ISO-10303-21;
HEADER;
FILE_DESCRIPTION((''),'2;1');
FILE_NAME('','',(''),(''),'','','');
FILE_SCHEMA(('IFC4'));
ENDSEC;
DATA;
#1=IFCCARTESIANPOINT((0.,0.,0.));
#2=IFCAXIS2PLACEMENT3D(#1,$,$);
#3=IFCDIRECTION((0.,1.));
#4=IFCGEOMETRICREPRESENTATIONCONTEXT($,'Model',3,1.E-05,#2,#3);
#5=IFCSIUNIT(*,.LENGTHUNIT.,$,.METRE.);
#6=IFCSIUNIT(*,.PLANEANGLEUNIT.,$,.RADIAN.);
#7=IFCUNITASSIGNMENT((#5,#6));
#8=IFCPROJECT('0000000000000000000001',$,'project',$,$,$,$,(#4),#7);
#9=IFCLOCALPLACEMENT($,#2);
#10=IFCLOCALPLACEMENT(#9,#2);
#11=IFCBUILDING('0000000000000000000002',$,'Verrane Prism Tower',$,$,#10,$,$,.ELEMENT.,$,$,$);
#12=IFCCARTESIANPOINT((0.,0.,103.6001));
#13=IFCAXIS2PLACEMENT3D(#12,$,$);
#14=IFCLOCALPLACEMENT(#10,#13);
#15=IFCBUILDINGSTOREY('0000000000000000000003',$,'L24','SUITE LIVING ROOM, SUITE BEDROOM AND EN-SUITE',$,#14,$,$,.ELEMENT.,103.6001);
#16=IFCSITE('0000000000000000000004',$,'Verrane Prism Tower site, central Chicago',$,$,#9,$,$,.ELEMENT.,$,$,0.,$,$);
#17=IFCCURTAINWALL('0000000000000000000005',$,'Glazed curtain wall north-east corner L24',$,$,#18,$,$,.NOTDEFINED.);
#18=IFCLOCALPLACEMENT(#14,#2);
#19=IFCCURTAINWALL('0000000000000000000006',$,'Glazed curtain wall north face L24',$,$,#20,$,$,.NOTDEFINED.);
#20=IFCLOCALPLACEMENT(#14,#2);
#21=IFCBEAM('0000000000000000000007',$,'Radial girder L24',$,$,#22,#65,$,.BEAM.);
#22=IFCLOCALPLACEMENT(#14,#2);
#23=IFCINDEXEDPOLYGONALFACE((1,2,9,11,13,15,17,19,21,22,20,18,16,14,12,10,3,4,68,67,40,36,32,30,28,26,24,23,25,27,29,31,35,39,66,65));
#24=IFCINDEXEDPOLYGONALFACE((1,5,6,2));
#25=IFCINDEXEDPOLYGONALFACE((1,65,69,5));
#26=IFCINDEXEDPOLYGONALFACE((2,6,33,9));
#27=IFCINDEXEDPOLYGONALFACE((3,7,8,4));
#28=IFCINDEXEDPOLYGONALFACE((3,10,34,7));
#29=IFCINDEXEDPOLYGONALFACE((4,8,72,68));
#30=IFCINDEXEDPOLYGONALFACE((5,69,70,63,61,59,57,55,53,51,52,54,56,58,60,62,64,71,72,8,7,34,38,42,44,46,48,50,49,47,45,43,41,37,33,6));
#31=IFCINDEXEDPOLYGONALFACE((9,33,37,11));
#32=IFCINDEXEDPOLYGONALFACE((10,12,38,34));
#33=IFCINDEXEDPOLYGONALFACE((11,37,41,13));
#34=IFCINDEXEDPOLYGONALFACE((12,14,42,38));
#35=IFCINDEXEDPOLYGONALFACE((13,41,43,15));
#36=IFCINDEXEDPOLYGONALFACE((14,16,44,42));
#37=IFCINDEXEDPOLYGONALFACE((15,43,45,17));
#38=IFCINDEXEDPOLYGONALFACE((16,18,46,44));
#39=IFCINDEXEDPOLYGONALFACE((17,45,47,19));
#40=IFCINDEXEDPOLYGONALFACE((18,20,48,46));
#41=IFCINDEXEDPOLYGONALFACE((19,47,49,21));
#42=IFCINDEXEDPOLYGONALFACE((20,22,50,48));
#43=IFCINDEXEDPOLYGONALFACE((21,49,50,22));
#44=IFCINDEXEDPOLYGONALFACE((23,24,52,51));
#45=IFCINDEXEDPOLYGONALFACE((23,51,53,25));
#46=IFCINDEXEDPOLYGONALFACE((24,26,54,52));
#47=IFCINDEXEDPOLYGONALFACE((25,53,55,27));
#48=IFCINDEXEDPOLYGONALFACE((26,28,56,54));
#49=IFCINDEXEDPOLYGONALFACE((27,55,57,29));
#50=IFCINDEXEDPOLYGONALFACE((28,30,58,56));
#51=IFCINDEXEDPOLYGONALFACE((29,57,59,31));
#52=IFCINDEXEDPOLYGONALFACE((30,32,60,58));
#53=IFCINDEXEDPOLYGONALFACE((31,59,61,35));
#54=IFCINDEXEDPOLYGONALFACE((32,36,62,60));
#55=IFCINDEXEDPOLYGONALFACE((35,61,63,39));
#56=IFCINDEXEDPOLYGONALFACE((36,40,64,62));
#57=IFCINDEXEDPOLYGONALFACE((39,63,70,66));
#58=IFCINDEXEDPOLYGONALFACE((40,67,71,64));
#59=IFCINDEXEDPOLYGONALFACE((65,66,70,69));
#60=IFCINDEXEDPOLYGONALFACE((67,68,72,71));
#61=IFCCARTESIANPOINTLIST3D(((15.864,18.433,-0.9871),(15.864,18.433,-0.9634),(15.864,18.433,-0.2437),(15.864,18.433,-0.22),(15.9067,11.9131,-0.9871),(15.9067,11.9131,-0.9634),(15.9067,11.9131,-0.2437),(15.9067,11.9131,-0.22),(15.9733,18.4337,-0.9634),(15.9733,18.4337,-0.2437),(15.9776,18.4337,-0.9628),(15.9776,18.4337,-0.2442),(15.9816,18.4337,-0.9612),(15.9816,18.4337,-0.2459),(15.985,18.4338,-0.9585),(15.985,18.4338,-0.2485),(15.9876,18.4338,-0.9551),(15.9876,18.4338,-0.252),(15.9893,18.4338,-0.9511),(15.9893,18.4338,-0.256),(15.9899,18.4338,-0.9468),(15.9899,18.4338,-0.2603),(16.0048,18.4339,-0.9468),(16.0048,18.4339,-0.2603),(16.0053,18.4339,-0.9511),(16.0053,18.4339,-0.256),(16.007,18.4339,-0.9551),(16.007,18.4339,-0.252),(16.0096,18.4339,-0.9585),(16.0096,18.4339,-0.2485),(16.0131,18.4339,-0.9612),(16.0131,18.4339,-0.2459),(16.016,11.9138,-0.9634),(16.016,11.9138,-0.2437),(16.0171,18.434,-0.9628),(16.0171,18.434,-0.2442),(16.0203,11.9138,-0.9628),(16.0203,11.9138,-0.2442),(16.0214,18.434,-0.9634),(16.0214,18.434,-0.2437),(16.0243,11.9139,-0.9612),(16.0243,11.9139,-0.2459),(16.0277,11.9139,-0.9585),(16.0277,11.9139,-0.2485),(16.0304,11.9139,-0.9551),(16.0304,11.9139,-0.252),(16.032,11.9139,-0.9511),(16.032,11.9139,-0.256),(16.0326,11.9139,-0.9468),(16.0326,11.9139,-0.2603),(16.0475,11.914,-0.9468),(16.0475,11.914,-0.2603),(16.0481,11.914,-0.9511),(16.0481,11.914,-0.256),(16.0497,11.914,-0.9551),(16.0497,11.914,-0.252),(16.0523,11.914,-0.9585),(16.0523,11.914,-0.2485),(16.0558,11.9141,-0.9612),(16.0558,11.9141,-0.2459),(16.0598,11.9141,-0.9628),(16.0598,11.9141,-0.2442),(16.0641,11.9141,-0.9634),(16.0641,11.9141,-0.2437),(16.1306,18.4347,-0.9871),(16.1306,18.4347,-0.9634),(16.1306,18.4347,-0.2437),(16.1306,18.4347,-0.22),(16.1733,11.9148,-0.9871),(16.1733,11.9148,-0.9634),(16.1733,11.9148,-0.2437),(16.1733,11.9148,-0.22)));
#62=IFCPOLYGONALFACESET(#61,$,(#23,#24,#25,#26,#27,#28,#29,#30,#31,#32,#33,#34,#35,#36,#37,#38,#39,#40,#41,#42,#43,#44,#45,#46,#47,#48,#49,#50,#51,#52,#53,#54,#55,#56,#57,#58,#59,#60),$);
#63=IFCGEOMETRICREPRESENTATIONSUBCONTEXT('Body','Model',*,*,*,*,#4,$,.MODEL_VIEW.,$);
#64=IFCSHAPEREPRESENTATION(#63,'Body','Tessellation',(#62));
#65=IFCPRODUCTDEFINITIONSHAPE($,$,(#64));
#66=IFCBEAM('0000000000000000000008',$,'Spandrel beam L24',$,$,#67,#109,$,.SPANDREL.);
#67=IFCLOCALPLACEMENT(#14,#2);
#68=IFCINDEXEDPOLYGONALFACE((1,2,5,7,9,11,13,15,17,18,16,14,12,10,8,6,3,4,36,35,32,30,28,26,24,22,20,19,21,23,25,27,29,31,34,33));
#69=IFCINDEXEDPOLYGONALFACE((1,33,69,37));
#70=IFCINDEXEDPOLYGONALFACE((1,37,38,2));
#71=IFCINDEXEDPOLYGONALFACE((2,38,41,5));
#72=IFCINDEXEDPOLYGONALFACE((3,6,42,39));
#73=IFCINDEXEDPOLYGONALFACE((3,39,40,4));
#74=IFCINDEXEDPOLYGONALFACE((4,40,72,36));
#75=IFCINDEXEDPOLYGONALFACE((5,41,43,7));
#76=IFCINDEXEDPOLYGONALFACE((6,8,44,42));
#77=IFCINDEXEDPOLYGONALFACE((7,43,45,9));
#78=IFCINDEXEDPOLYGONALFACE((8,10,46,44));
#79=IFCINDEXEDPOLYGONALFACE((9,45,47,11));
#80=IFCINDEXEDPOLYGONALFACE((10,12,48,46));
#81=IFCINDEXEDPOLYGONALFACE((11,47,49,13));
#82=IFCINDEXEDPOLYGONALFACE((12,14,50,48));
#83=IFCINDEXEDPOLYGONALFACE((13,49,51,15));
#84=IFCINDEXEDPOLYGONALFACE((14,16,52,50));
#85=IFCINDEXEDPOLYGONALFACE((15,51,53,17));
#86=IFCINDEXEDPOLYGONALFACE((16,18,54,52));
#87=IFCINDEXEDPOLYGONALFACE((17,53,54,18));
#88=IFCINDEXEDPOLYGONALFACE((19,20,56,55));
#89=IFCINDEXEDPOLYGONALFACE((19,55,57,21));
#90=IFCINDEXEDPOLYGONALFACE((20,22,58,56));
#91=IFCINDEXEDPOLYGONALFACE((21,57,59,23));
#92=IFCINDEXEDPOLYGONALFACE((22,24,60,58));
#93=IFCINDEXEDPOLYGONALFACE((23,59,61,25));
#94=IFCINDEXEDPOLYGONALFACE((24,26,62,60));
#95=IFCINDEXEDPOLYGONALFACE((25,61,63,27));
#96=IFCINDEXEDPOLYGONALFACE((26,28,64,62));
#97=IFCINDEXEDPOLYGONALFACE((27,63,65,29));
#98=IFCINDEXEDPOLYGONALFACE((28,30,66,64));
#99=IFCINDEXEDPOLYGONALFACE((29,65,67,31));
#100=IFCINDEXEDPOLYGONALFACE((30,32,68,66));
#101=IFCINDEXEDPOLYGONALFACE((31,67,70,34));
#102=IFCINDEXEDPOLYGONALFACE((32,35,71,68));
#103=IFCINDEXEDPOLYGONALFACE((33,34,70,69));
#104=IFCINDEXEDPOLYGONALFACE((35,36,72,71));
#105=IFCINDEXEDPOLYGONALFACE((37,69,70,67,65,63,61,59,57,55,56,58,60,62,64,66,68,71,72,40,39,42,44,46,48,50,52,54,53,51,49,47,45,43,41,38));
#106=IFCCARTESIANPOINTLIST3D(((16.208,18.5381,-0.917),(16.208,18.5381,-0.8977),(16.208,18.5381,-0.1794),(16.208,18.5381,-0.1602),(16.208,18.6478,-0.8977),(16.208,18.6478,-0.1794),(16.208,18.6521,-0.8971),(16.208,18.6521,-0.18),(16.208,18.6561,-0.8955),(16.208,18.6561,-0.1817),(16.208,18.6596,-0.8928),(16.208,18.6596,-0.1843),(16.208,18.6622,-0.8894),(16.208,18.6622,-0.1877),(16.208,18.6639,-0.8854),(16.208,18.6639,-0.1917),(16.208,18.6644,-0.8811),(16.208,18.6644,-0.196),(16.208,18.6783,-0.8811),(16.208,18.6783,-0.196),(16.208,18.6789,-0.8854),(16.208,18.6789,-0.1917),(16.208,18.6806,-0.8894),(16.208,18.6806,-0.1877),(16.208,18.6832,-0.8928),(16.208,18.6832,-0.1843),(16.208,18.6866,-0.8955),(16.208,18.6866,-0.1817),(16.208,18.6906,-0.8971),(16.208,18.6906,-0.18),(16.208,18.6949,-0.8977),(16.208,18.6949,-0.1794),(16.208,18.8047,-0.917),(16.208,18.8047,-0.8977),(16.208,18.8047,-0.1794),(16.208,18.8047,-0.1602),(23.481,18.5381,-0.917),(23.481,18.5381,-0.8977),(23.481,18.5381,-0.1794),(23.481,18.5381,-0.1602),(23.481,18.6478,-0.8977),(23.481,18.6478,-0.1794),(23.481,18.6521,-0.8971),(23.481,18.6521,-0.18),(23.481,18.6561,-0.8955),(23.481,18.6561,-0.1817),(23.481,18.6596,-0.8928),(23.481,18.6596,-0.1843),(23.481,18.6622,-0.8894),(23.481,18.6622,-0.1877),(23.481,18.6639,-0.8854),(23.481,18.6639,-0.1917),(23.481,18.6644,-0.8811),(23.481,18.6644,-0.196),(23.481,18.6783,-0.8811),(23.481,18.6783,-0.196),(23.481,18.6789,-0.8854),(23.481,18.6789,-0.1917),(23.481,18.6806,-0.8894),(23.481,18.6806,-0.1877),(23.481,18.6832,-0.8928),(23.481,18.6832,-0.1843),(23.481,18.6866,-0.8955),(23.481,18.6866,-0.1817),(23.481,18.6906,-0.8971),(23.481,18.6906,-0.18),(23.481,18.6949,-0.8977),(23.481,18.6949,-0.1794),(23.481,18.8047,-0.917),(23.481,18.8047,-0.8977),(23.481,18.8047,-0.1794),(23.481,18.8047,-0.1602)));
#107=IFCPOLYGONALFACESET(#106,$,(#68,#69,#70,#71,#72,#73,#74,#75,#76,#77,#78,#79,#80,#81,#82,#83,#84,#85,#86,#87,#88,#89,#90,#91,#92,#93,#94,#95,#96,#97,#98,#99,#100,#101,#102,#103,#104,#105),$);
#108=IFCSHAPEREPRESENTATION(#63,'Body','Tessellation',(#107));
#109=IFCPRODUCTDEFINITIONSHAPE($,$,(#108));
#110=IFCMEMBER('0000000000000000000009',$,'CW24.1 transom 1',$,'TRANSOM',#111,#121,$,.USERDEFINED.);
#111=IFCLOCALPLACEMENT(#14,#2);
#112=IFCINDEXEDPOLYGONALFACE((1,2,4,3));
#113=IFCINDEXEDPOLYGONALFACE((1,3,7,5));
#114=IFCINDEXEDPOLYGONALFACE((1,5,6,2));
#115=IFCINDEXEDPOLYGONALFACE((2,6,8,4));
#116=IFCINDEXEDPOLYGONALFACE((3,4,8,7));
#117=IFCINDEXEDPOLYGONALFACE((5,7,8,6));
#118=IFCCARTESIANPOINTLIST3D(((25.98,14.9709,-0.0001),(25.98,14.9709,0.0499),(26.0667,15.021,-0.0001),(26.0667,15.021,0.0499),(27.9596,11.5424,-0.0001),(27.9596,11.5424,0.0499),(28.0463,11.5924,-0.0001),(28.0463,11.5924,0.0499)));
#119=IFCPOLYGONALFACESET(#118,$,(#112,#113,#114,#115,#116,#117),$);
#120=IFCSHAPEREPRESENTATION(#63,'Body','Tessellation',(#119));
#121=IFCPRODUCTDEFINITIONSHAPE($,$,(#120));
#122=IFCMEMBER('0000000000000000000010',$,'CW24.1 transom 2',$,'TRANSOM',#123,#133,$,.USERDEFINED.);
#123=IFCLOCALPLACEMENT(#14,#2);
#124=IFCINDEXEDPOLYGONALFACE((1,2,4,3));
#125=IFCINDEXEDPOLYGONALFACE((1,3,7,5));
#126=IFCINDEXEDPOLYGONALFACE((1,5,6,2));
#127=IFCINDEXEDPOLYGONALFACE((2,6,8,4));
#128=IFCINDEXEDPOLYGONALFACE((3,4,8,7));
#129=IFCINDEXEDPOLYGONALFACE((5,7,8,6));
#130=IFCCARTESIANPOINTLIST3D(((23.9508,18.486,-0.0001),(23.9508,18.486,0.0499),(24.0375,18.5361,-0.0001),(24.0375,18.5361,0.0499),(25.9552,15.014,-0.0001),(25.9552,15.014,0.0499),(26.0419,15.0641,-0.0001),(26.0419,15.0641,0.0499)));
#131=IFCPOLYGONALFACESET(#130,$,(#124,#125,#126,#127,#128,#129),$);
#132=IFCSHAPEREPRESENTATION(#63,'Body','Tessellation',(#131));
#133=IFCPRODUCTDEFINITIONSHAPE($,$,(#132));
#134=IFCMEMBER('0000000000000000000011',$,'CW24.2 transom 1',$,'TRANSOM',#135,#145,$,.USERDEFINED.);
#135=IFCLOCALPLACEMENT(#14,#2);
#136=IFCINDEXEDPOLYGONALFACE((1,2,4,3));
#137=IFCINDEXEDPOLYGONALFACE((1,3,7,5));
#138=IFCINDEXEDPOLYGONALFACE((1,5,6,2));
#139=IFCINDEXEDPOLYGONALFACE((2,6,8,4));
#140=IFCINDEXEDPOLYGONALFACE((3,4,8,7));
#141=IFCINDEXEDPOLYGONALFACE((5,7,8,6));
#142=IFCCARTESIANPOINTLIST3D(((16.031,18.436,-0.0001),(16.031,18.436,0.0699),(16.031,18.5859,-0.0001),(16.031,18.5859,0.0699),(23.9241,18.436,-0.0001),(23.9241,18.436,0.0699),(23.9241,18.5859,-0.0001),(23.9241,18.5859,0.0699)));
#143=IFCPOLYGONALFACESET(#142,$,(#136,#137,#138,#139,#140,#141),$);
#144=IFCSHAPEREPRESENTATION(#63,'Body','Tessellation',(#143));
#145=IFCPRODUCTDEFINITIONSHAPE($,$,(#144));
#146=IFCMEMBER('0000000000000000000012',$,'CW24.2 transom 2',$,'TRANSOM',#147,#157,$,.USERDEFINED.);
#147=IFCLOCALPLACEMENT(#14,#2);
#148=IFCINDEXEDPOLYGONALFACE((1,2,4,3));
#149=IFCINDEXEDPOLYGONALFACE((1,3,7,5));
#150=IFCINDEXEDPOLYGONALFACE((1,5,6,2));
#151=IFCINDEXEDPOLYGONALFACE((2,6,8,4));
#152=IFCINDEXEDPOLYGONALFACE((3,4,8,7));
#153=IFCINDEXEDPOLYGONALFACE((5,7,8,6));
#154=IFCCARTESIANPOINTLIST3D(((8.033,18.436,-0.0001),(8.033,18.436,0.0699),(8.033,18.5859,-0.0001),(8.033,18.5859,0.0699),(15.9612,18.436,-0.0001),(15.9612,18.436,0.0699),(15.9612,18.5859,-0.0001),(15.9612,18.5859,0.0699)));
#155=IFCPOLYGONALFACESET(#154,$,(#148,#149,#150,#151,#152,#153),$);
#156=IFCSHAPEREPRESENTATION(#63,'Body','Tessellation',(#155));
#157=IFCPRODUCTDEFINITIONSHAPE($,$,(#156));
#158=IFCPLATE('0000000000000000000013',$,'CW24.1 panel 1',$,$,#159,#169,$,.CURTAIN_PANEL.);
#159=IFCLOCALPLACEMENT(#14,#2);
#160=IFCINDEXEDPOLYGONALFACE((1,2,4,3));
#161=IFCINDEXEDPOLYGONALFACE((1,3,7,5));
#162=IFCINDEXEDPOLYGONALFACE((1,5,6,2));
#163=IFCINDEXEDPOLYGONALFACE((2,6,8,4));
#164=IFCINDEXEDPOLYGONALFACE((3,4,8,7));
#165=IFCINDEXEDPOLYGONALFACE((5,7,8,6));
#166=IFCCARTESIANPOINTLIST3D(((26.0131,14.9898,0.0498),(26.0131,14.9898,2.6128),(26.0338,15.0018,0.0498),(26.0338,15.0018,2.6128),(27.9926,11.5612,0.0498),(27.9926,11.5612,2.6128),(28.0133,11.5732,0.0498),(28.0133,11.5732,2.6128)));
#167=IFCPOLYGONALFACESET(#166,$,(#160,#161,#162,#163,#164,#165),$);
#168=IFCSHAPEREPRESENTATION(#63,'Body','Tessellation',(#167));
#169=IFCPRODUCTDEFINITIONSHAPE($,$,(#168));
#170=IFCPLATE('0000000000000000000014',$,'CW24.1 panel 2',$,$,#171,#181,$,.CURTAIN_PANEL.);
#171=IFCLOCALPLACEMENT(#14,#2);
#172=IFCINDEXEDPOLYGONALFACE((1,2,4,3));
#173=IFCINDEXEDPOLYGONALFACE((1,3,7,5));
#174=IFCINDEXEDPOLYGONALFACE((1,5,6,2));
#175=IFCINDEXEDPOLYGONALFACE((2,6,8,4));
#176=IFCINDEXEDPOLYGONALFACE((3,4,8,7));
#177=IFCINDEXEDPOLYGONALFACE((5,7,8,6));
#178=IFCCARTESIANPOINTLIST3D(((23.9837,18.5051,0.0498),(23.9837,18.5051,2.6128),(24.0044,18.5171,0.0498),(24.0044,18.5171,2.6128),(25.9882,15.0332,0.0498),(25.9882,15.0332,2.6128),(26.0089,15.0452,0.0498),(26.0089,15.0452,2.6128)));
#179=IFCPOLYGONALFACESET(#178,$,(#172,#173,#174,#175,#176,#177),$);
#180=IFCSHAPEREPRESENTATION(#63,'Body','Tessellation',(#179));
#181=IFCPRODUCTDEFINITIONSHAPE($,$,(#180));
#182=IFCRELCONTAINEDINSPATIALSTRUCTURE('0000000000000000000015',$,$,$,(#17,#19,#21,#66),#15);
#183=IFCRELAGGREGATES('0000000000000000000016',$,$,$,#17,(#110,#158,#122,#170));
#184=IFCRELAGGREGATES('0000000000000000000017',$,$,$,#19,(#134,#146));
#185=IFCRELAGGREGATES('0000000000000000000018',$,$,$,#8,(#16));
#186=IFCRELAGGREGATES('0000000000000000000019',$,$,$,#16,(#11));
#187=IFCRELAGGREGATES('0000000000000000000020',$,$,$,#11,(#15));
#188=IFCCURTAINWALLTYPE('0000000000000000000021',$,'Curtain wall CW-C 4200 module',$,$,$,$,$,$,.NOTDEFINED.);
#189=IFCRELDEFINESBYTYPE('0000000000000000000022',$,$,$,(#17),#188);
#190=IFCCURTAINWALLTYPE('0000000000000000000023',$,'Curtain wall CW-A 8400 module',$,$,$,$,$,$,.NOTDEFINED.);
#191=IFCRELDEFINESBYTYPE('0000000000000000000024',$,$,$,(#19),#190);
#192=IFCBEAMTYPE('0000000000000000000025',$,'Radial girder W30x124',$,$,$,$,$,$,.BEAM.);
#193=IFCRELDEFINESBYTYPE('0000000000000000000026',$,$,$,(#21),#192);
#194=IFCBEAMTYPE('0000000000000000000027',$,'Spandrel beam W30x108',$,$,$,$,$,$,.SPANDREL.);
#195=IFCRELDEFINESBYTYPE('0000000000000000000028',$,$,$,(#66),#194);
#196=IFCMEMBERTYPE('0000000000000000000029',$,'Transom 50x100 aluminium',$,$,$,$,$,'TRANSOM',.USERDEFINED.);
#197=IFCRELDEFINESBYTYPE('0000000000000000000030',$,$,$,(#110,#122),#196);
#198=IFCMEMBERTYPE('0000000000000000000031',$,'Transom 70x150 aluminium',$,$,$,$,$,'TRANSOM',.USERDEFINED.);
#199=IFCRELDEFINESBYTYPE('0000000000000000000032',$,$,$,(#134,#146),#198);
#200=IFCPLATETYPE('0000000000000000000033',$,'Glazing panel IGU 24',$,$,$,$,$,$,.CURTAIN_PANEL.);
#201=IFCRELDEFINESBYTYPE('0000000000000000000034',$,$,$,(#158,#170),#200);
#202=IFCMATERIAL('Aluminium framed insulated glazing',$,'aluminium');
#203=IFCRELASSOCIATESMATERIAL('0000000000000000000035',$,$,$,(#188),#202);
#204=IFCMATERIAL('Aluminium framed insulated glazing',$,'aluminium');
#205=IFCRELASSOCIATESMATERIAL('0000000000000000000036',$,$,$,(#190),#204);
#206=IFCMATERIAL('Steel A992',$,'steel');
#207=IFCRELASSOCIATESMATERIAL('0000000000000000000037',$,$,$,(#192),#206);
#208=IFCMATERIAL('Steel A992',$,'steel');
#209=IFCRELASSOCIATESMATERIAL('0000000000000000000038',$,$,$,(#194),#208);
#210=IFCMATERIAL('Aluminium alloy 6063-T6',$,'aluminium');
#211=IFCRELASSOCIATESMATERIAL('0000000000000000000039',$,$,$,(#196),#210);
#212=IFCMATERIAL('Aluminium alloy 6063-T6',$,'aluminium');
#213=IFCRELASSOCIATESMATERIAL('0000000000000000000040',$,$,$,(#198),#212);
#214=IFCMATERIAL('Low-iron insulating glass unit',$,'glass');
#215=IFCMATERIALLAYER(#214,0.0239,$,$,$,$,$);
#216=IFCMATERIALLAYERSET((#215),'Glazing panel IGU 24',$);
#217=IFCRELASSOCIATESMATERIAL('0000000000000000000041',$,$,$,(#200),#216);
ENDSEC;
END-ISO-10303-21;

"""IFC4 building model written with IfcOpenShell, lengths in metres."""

from ifc_helpers import new_model, si_unit, direction, frame, origin, origin_2d, place, context, subcontext, project, spatial, rectangle, i_section, extrude, material, layer, layer_set, material_profile, profile_set, type_object, element, aggregate, save


model = new_model("IFC4")

# Units and contexts
model_context = context("Model", 3, precision=1e-05, world=origin(), true_north=direction((0.0, 1.0)))
body_context = subcontext(model_context, "Body", "Model", "MODEL_VIEW")
ifc_project = project(units=[si_unit("LENGTHUNIT", "METRE"), si_unit("PLANEANGLEUNIT", "RADIAN")], contexts=[model_context])

# Site, building, storey
site_placement = place(None, origin())
site = spatial("IfcSite", under=ifc_project, at=site_placement, Name="Verrane Prism Tower site, central Chicago", CompositionType="ELEMENT", RefElevation=0.0)
building_placement = place(site_placement, origin())
building = spatial("IfcBuilding", under=site, at=building_placement, Name="Verrane Prism Tower", CompositionType="ELEMENT")
storey_placement = place(building_placement, frame((0.0, 0.0, 103.6001)))
storey = spatial("IfcBuildingStorey", under=building, at=storey_placement, Name="L24", Description="SUITE LIVING ROOM, SUITE BEDROOM AND EN-SUITE", CompositionType="ELEMENT", Elevation=103.6001)

# Curtain walls
ifc_material_1 = material(Name="Aluminium framed insulated glazing", Category="aluminium")
curtain_wall_type_1 = type_object("IfcCurtainWallType", Name="Curtain wall CW-C 4200 module", PredefinedType="NOTDEFINED", material=ifc_material_1)
curtain_wall_1_placement = place(storey_placement, origin())
curtain_wall_1 = element("IfcCurtainWall", 1, at=curtain_wall_1_placement, inside=storey, type_object=curtain_wall_type_1, Name="Glazed curtain wall north-east corner L24", PredefinedType="NOTDEFINED")
ifc_material_2 = material(Name="Aluminium framed insulated glazing", Category="aluminium")
curtain_wall_type_2 = type_object("IfcCurtainWallType", Name="Curtain wall CW-A 8400 module", PredefinedType="NOTDEFINED", material=ifc_material_2)
curtain_wall_2_placement = place(storey_placement, origin())
curtain_wall_2 = element("IfcCurtainWall", 2, at=curtain_wall_2_placement, inside=storey, type_object=curtain_wall_type_2, Name="Glazed curtain wall north face L24", PredefinedType="NOTDEFINED")

# Beams
ifc_material_3 = material(Name="Steel A992", Category="steel")
ifc_material_profile_1 = material_profile(ifc_material_3, i_section(OverallWidth=0.2666, OverallDepth=0.7671, WebThickness=0.0149, FlangeThickness=0.0237, FilletRadius=0.0166, at=origin_2d()), Name="W30x124")
ifc_profile_set_1 = profile_set([ifc_material_profile_1], Name="Steel A992")
beam_type_1 = type_object("IfcBeamType", Name="Radial girder W30x124", PredefinedType="BEAM", material=ifc_profile_set_1)
beam_1_placement = place(storey_placement, frame((15.9973, 18.4338, -0.6035), z_axis=(0.006553, -0.999979, 0.0), x_axis=(0.999979, 0.006553, 0.0)))
element("IfcBeam", 3, at=beam_1_placement, inside=storey, type_object=beam_type_1, Name="Radial girder L24", PredefinedType="BEAM", context=body_context, shape_type="SweptSolid", body=[
    extrude(i_section(OverallWidth=0.2666, OverallDepth=0.7671, WebThickness=0.0149, FlangeThickness=0.0237, FilletRadius=0.0166, at=origin_2d()), origin(), (0.0, 0.0, 1.0), 6.52),
])
ifc_material_4 = material(Name="Steel A992", Category="steel")
ifc_material_profile_2 = material_profile(ifc_material_4, i_section(OverallWidth=0.2666, OverallDepth=0.7568, WebThickness=0.0139, FlangeThickness=0.0193, FilletRadius=0.0166, at=origin_2d()), Name="W30x108")
ifc_profile_set_2 = profile_set([ifc_material_profile_2], Name="Steel A992")
beam_type_2 = type_object("IfcBeamType", Name="Spandrel beam W30x108", PredefinedType="SPANDREL", material=ifc_profile_set_2)
beam_2_placement = place(storey_placement, frame((23.481, 18.6714, -0.5386), z_axis=(-1.0, 0.0, 0.0), x_axis=(0.0, -1.0, 0.0)))
element("IfcBeam", 4, at=beam_2_placement, inside=storey, type_object=beam_type_2, Name="Spandrel beam L24", PredefinedType="SPANDREL", context=body_context, shape_type="SweptSolid", body=[
    extrude(i_section(OverallWidth=0.2666, OverallDepth=0.7568, WebThickness=0.0139, FlangeThickness=0.0193, FilletRadius=0.0166, at=origin_2d()), origin(), (0.0, 0.0, 1.0), 7.2729),
])

# Members
ifc_material_5 = material(Name="Aluminium alloy 6063-T6", Category="aluminium")
ifc_material_profile_3 = material_profile(ifc_material_5, rectangle(XDim=0.1001, YDim=0.05, at=origin_2d()), Name="Transom 50x100 aluminium")
ifc_profile_set_3 = profile_set([ifc_material_profile_3], Name="Aluminium alloy 6063-T6")
member_type_1 = type_object("IfcMemberType", Name="Transom 50x100 aluminium", ElementType="TRANSOM", PredefinedType="USERDEFINED", material=ifc_profile_set_3)
member_1_placement = place(storey_placement, frame((28.0029, 11.5674, 0.0249), z_axis=(-0.500012, 0.866018, 0.0), x_axis=(-0.866018, -0.500012, 0.0)))
member_1 = element("IfcMember", 5, at=member_1_placement, type_object=member_type_1, Name="CW24.1 transom 1", ObjectType="TRANSOM", PredefinedType="USERDEFINED", context=body_context, shape_type="SweptSolid", body=[
    extrude(rectangle(XDim=0.1001, YDim=0.05, at=origin_2d()), origin(), (0.0, 0.0, 1.0), 3.959),
])
member_2_placement = place(storey_placement, frame((25.9985, 15.0391, 0.0249), z_axis=(-0.499977, 0.866039, 0.0), x_axis=(-0.866039, -0.499977, 0.0)))
member_2 = element("IfcMember", 6, at=member_2_placement, type_object=member_type_1, Name="CW24.1 transom 2", ObjectType="TRANSOM", PredefinedType="USERDEFINED", context=body_context, shape_type="SweptSolid", body=[
    extrude(rectangle(XDim=0.1001, YDim=0.05, at=origin_2d()), origin(), (0.0, 0.0, 1.0), 4.009),
])
ifc_material_6 = material(Name="Aluminium alloy 6063-T6", Category="aluminium")
ifc_material_profile_4 = material_profile(ifc_material_6, rectangle(XDim=0.1499, YDim=0.0701, at=origin_2d()), Name="Transom 70x150 aluminium")
ifc_profile_set_4 = profile_set([ifc_material_profile_4], Name="Aluminium alloy 6063-T6")
member_type_2 = type_object("IfcMemberType", Name="Transom 70x150 aluminium", ElementType="TRANSOM", PredefinedType="USERDEFINED", material=ifc_profile_set_4)
member_3_placement = place(storey_placement, frame((23.9241, 18.511, 0.0349), z_axis=(-1.0, 0.0, 0.0), x_axis=(0.0, -1.0, 0.0)))
member_3 = element("IfcMember", 7, at=member_3_placement, type_object=member_type_2, Name="CW24.2 transom 1", ObjectType="TRANSOM", PredefinedType="USERDEFINED", context=body_context, shape_type="SweptSolid", body=[
    extrude(rectangle(XDim=0.1499, YDim=0.0701, at=origin_2d()), origin(), (0.0, 0.0, 1.0), 7.8931),
])
member_4_placement = place(storey_placement, frame((15.9612, 18.511, 0.0349), z_axis=(-1.0, 0.0, 0.0), x_axis=(0.0, -1.0, 0.0)))
member_4 = element("IfcMember", 8, at=member_4_placement, type_object=member_type_2, Name="CW24.2 transom 2", ObjectType="TRANSOM", PredefinedType="USERDEFINED", context=body_context, shape_type="SweptSolid", body=[
    extrude(rectangle(XDim=0.1499, YDim=0.0701, at=origin_2d()), origin(), (0.0, 0.0, 1.0), 7.9282),
])

# Plates
ifc_material_7 = material(Name="Low-iron insulating glass unit", Category="glass")
ifc_layer_1 = layer(ifc_material_7, 0.0239)
ifc_layer_set_1 = layer_set([ifc_layer_1], Name="Glazing panel IGU 24")
plate_type_1 = type_object("IfcPlateType", Name="Glazing panel IGU 24", PredefinedType="CURTAIN_PANEL", material=ifc_layer_set_1)
plate_1_placement = place(storey_placement, frame((27.0132, 13.2815, 0.0498), z_axis=(0.0, 0.0, 1.0), x_axis=(-0.499996, 0.866028, 0.0)))
plate_1 = element("IfcPlate", 9, at=plate_1_placement, type_object=plate_type_1, Name="CW24.1 panel 1", PredefinedType="CURTAIN_PANEL", context=body_context, shape_type="SweptSolid", body=[
    extrude(rectangle(XDim=3.959, YDim=0.0239, at=origin_2d()), origin(), (0.0, 0.0, 1.0), 2.563),
])
plate_2_placement = place(storey_placement, frame((24.9963, 16.7751, 0.0498), z_axis=(0.0, 0.0, 1.0), x_axis=(-0.499996, 0.866028, 0.0)))
plate_2 = element("IfcPlate", 10, at=plate_2_placement, type_object=plate_type_1, Name="CW24.1 panel 2", PredefinedType="CURTAIN_PANEL", context=body_context, shape_type="SweptSolid", body=[
    extrude(rectangle(XDim=4.009, YDim=0.0239, at=origin_2d()), origin(), (0.0, 0.0, 1.0), 2.563),
])
aggregate(curtain_wall_1, [member_1, plate_1, member_2, plate_2])
aggregate(curtain_wall_2, [member_3, member_4])

save(model, "model.ifc")
